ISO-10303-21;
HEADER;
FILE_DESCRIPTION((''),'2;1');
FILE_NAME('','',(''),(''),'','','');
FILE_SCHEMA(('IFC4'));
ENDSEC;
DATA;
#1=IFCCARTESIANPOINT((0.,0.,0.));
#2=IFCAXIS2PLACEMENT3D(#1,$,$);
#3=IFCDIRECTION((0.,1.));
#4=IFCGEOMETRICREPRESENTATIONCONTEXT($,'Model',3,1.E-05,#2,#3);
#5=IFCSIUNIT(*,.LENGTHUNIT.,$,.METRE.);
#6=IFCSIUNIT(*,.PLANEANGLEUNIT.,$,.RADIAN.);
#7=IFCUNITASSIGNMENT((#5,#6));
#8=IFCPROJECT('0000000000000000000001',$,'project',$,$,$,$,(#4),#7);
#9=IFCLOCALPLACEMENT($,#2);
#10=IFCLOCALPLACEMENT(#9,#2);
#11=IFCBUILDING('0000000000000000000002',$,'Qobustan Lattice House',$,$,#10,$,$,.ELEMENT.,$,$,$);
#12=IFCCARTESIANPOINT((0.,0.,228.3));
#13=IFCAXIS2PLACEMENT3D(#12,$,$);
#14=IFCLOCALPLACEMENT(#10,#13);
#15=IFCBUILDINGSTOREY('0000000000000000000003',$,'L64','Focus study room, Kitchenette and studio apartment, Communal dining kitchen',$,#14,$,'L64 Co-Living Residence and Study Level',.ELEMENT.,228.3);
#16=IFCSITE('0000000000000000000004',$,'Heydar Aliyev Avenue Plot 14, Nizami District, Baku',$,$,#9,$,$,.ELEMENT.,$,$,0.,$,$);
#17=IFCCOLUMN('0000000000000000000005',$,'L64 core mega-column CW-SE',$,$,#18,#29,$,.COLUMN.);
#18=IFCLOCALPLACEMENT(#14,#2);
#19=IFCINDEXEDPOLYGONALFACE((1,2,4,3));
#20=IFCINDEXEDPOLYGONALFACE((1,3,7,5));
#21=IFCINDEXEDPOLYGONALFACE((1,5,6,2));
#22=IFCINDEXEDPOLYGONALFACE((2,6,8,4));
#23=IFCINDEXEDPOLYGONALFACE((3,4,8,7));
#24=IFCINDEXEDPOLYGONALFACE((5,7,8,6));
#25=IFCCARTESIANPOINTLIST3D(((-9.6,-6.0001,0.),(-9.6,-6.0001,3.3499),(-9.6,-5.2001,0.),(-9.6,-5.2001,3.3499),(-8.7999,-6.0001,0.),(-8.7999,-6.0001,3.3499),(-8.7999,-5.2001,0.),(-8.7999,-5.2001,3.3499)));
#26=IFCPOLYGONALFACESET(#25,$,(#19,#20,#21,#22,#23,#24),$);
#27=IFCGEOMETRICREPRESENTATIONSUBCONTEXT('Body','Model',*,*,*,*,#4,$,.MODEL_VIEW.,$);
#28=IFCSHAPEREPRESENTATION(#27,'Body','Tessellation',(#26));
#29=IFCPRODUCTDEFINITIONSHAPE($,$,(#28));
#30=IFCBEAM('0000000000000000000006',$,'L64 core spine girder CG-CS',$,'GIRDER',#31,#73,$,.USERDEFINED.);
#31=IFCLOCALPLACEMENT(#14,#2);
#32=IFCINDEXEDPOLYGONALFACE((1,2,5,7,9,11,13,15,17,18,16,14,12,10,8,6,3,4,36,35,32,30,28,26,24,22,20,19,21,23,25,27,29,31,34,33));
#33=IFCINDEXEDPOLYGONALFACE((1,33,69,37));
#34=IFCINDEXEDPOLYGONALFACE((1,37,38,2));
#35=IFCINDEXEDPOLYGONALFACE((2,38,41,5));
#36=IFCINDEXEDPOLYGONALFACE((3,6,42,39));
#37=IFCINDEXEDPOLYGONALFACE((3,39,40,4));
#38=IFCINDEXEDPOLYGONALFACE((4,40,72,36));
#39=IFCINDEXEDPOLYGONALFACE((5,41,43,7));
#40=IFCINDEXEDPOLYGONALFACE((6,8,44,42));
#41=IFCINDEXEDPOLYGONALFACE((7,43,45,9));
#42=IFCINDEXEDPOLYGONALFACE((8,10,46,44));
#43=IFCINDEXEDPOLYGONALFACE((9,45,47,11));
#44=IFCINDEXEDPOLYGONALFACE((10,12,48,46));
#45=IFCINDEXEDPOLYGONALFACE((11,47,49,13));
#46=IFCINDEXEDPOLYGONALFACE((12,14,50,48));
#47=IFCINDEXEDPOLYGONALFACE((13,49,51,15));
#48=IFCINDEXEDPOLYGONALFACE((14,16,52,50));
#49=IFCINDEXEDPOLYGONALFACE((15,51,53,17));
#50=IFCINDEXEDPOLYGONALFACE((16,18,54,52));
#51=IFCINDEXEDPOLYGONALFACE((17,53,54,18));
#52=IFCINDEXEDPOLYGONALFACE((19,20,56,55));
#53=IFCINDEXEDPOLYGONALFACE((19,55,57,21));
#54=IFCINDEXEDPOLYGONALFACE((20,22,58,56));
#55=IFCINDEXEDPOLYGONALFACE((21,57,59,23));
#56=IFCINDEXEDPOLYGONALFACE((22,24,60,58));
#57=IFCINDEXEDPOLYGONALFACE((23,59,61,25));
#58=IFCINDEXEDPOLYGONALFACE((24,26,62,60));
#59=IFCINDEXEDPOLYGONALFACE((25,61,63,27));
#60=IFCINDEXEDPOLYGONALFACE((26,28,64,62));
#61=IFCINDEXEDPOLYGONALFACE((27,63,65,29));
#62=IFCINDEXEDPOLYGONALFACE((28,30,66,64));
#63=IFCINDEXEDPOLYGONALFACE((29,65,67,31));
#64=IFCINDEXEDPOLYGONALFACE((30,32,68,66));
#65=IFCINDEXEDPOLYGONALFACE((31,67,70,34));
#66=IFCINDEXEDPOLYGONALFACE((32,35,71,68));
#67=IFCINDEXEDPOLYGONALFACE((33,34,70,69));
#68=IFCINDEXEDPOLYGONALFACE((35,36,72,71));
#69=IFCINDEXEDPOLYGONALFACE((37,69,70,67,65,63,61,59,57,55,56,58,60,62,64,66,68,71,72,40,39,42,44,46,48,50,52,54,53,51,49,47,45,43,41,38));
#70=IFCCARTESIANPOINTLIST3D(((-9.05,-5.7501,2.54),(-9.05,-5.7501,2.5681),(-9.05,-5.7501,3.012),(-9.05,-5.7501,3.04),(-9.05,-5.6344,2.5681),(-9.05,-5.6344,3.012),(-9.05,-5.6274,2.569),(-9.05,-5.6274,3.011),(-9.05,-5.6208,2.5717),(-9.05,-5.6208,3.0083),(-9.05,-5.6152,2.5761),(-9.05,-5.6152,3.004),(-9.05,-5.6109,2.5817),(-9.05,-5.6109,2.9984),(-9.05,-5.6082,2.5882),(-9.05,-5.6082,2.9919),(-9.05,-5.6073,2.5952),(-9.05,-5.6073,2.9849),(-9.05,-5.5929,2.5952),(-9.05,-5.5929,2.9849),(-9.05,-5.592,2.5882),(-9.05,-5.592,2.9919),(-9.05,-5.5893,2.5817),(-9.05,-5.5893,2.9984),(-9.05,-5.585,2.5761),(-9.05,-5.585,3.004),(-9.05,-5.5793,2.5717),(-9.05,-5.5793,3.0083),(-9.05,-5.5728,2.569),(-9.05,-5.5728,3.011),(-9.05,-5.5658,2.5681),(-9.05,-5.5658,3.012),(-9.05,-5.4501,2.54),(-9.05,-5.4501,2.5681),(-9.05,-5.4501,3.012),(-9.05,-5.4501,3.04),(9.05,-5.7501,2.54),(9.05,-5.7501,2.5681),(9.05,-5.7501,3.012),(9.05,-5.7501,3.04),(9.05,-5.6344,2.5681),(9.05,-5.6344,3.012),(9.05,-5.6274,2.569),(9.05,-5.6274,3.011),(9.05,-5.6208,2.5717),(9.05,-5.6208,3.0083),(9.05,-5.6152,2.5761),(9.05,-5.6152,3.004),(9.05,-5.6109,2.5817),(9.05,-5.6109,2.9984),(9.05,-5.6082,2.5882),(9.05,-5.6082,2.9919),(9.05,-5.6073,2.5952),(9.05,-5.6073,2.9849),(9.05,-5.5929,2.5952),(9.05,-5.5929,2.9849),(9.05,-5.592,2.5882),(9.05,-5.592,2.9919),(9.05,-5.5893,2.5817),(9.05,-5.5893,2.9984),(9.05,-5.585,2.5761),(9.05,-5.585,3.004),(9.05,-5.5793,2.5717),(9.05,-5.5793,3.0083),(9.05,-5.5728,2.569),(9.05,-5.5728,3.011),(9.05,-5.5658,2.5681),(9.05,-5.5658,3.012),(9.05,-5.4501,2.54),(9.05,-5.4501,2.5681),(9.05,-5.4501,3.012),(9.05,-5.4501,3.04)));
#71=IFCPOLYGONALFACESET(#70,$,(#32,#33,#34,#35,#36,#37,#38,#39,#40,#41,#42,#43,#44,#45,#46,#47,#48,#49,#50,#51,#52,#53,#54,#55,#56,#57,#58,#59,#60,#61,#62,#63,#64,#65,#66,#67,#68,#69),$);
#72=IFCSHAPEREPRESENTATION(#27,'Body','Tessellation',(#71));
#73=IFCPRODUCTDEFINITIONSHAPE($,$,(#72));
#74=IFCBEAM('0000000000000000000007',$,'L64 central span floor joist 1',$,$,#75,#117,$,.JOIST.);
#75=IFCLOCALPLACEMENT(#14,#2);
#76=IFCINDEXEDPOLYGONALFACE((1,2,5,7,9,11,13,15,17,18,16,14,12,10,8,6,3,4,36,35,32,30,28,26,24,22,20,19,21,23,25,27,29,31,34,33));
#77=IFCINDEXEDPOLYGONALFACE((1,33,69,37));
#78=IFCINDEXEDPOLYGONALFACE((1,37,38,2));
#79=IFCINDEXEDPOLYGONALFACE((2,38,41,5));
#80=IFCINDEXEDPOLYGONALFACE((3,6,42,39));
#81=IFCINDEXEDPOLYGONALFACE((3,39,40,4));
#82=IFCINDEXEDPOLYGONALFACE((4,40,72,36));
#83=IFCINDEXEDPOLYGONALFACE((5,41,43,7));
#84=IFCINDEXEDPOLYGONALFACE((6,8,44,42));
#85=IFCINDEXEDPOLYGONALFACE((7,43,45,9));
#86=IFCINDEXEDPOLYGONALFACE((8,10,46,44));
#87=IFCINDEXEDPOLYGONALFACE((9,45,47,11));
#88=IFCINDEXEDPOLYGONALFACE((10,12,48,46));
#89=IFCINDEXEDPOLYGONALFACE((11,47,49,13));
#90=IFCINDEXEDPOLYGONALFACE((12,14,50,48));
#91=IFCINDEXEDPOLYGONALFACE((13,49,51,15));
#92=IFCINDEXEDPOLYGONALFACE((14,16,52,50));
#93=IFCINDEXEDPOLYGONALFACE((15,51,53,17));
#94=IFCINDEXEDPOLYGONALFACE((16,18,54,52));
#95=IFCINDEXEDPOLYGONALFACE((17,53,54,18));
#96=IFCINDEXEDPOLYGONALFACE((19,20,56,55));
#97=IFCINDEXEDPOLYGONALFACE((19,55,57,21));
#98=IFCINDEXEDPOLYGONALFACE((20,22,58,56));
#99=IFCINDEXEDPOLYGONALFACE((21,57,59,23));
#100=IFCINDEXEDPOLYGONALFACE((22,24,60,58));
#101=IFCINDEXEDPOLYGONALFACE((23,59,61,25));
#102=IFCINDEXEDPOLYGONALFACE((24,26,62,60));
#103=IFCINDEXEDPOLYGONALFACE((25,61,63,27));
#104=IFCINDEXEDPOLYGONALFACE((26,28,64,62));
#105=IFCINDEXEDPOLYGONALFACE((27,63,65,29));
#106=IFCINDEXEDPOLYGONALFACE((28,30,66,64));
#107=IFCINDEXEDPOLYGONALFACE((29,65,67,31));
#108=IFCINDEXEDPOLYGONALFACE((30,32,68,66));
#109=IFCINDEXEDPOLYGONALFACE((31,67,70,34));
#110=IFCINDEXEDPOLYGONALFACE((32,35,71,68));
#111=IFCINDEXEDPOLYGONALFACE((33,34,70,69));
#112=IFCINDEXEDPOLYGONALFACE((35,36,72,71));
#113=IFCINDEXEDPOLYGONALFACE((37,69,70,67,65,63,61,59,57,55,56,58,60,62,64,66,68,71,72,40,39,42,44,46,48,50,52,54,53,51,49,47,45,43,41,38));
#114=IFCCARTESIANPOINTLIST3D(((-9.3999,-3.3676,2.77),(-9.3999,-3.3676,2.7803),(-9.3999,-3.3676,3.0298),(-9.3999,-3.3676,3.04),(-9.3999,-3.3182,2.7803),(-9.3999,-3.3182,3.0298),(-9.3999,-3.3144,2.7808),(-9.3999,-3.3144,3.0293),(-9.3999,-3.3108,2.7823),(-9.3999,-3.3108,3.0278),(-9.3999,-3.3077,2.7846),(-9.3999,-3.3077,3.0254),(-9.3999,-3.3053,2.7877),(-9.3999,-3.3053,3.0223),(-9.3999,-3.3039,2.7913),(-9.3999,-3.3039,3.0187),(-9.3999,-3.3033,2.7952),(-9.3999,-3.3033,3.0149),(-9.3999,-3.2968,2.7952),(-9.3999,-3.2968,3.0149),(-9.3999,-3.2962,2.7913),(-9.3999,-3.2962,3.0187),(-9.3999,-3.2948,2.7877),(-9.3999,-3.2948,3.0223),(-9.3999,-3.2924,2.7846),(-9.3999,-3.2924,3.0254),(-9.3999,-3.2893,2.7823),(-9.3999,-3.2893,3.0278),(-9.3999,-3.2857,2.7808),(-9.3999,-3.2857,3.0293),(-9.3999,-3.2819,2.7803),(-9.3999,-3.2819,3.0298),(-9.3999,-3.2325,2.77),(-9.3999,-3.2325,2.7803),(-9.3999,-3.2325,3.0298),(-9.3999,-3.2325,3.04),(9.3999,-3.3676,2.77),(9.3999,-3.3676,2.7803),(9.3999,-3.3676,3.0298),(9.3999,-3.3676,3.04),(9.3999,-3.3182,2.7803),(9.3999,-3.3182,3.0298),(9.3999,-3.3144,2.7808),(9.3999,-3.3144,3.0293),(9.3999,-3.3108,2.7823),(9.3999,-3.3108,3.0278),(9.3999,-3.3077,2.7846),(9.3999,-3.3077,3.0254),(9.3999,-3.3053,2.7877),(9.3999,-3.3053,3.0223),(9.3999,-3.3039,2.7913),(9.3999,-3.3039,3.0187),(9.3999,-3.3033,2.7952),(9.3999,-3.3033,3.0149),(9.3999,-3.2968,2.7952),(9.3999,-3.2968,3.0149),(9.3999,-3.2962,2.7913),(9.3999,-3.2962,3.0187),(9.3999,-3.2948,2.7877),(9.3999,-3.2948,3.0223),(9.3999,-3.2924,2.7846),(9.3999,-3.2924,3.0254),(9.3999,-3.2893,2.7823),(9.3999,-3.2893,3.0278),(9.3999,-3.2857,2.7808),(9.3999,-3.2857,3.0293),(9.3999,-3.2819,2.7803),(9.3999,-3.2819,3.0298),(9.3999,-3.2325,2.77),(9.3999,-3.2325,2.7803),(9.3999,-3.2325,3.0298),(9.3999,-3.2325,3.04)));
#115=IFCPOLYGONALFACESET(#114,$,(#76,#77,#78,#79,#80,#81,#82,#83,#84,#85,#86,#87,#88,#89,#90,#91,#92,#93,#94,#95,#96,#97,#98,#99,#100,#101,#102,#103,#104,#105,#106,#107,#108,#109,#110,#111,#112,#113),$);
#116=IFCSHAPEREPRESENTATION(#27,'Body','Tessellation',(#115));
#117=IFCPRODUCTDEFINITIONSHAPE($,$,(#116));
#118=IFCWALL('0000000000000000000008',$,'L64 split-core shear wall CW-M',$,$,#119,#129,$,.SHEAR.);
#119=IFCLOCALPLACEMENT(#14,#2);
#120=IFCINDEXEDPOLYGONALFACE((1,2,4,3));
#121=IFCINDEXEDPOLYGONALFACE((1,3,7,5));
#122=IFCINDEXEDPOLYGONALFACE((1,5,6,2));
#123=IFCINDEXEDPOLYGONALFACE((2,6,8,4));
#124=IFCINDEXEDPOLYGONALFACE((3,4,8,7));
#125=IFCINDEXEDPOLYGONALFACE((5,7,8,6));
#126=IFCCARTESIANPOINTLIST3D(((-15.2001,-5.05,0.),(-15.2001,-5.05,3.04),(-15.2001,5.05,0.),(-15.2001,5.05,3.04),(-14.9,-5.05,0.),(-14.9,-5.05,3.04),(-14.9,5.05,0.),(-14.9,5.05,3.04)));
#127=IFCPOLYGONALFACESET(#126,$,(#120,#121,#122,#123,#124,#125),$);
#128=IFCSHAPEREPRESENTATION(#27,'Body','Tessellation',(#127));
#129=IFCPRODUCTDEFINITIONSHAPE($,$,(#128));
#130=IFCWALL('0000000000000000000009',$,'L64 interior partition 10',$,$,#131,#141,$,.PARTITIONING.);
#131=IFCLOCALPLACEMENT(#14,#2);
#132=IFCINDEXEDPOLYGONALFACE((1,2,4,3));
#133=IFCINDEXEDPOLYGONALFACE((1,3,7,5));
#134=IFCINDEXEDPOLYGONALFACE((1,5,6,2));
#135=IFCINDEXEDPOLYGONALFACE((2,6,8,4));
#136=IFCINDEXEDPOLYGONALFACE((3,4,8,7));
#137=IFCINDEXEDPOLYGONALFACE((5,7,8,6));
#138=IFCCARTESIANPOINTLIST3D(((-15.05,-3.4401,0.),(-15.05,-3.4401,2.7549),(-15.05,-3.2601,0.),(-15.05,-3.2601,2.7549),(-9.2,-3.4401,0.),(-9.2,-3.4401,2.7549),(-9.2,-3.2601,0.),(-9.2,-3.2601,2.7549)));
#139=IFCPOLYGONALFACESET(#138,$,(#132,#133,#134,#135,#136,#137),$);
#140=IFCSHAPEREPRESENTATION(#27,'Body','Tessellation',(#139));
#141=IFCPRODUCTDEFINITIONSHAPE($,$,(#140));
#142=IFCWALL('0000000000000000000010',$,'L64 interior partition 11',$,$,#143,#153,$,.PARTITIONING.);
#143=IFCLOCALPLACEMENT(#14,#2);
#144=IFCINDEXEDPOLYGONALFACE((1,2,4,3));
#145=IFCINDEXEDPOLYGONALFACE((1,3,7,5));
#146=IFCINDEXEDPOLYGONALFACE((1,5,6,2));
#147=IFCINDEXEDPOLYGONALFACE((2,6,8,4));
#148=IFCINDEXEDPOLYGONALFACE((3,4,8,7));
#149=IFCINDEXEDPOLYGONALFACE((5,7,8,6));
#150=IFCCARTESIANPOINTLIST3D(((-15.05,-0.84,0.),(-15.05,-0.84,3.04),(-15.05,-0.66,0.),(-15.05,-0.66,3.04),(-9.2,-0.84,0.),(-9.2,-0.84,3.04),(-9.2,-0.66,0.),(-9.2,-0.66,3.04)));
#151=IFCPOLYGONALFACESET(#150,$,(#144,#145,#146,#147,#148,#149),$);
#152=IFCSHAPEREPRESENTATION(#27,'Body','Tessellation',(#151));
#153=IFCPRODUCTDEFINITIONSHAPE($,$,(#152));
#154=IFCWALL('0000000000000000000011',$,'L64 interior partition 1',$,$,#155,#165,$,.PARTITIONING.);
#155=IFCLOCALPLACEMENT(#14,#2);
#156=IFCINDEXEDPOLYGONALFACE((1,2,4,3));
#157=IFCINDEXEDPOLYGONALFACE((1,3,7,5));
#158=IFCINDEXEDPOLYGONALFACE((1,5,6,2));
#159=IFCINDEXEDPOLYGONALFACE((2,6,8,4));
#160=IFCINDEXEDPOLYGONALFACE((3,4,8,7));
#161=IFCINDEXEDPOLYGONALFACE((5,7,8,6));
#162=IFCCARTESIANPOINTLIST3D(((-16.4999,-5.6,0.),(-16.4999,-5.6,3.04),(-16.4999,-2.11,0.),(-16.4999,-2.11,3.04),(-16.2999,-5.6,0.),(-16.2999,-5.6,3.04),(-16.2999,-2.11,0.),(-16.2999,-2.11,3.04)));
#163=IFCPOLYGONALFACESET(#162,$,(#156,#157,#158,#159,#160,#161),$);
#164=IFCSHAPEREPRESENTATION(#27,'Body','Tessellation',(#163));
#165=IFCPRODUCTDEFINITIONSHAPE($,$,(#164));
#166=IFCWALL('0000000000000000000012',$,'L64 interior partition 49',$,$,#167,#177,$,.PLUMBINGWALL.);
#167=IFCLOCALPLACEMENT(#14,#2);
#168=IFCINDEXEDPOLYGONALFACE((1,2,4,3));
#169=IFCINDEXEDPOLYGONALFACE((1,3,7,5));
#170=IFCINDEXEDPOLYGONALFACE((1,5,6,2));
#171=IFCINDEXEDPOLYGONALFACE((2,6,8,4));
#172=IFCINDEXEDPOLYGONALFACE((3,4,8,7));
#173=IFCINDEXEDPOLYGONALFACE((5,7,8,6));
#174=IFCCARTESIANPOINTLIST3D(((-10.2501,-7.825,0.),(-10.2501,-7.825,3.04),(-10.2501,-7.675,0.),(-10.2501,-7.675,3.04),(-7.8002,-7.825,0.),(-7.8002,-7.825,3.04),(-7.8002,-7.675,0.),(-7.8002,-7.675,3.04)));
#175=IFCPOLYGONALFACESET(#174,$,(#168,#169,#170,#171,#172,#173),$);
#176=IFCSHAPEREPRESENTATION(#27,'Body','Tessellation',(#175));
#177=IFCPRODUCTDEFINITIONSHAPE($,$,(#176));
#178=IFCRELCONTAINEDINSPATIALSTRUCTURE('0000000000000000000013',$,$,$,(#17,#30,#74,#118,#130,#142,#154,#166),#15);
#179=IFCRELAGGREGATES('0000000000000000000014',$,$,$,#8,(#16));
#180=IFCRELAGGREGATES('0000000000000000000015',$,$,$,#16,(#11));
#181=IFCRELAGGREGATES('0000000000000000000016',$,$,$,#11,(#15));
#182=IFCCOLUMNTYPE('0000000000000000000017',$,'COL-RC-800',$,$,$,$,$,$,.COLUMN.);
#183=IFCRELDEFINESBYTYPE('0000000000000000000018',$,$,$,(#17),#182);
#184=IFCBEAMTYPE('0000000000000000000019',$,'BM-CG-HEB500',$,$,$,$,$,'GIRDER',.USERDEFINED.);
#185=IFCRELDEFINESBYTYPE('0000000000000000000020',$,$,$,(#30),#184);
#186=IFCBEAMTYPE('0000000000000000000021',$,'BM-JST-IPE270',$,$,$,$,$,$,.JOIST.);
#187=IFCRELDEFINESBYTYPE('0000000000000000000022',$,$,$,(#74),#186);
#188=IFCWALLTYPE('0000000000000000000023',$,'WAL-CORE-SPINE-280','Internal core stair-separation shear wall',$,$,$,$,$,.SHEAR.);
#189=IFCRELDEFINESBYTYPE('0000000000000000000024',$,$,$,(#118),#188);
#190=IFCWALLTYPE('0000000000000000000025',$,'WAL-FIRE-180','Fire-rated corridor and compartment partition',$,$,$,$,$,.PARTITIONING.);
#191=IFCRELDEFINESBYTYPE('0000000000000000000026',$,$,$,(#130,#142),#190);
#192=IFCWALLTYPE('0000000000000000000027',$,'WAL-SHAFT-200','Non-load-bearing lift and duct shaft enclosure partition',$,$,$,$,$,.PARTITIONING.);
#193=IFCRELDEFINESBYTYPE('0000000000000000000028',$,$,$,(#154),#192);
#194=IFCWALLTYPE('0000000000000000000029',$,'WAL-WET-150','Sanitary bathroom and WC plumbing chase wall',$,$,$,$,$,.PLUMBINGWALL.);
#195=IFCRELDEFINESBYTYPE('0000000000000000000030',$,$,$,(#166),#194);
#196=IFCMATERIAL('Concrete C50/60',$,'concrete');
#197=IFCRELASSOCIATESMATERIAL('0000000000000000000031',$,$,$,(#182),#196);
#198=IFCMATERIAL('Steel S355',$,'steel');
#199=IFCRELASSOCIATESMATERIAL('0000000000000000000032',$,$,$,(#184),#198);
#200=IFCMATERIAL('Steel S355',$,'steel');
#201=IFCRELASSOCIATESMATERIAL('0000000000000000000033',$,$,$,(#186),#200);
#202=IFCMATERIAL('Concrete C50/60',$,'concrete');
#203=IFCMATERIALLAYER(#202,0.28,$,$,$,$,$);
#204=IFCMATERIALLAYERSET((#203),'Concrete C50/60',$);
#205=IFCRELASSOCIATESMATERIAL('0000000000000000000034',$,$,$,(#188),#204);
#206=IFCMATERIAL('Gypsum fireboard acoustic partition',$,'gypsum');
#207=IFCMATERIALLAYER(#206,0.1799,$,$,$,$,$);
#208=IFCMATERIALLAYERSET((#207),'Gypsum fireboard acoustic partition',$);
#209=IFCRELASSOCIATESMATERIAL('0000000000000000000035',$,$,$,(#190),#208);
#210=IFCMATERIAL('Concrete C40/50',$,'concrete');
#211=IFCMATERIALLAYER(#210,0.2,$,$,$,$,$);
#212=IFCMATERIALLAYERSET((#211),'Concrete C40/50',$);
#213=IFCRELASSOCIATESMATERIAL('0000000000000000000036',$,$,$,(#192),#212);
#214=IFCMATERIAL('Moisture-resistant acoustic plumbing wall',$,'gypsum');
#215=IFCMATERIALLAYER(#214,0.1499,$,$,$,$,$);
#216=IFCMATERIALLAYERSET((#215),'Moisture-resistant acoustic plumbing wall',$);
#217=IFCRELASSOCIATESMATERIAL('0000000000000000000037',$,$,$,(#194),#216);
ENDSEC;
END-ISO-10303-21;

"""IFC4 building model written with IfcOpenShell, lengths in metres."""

from ifc_helpers import new_model, si_unit, direction, frame, frame_2d, origin, origin_2d, place, context, subcontext, project, spatial, rectangle, i_section, extrude, material, layer, layer_set, material_profile, profile_set, type_object, element, save


model = new_model("IFC4")

# Units and contexts
model_context = context("Model", 3, precision=1e-05, world=origin(), true_north=direction((0.0, 1.0)))
body_context = subcontext(model_context, "Body", "Model", "MODEL_VIEW")
ifc_project = project(units=[si_unit("LENGTHUNIT", "METRE"), si_unit("PLANEANGLEUNIT", "RADIAN")], contexts=[model_context])

# Site, building, storey
site_placement = place(None, origin())
site = spatial("IfcSite", under=ifc_project, at=site_placement, Name="Heydar Aliyev Avenue Plot 14, Nizami District, Baku", CompositionType="ELEMENT", RefElevation=0.0)
building_placement = place(site_placement, origin())
building = spatial("IfcBuilding", under=site, at=building_placement, Name="Qobustan Lattice House", CompositionType="ELEMENT")
storey_placement = place(building_placement, frame((0.0, 0.0, 228.3)))
storey = spatial("IfcBuildingStorey", under=building, at=storey_placement, Name="L64", Description="Focus study room, Kitchenette and studio apartment, Communal dining kitchen", LongName="L64 Co-Living Residence and Study Level", CompositionType="ELEMENT", Elevation=228.3)

# Column
ifc_material_1 = material(Name="Concrete C50/60", Category="concrete")
ifc_material_profile_1 = material_profile(ifc_material_1, rectangle(XDim=0.8, YDim=0.8, at=origin_2d()), Name="RC800x800")
ifc_profile_set_1 = profile_set([ifc_material_profile_1], Name="Concrete C50/60")
column_type = type_object("IfcColumnType", Name="COL-RC-800", PredefinedType="COLUMN", material=ifc_profile_set_1)
column_placement = place(storey_placement, frame((-9.2, -5.6001, 0.0), z_axis=(0.0, 0.0, 1.0), x_axis=(1.0, 0.0, 0.0)))
element("IfcColumn", 1, at=column_placement, inside=storey, type_object=column_type, Name="L64 core mega-column CW-SE", PredefinedType="COLUMN", context=body_context, shape_type="SweptSolid", body=[
    extrude(rectangle(XDim=0.8, YDim=0.8, at=origin_2d()), origin(), (0.0, 0.0, 1.0), 3.3499),
])

# Beams
ifc_material_2 = material(Name="Steel S355", Category="steel")
ifc_material_profile_2 = material_profile(ifc_material_2, i_section(OverallWidth=0.3, OverallDepth=0.5, WebThickness=0.0144, FlangeThickness=0.0281, FilletRadius=0.0271, at=origin_2d()), Name="HEB500")
ifc_profile_set_2 = profile_set([ifc_material_profile_2], Name="Steel S355")
beam_type_1 = type_object("IfcBeamType", Name="BM-CG-HEB500", ElementType="GIRDER", PredefinedType="USERDEFINED", material=ifc_profile_set_2)
beam_1_placement = place(storey_placement, frame((-9.05, -5.6001, 2.79), z_axis=(1.0, 0.0, 0.0), x_axis=(0.0, 1.0, 0.0)))
element("IfcBeam", 2, at=beam_1_placement, inside=storey, type_object=beam_type_1, Name="L64 core spine girder CG-CS", ObjectType="GIRDER", PredefinedType="USERDEFINED", context=body_context, shape_type="SweptSolid", body=[
    extrude(i_section(OverallWidth=0.3, OverallDepth=0.5, WebThickness=0.0144, FlangeThickness=0.0281, FilletRadius=0.0271, at=origin_2d()), origin(), (0.0, 0.0, 1.0), 18.1001),
])
ifc_material_3 = material(Name="Steel S355", Category="steel")
ifc_material_profile_3 = material_profile(ifc_material_3, i_section(OverallWidth=0.135, OverallDepth=0.27, WebThickness=0.0066, FlangeThickness=0.0103, FilletRadius=0.0149, at=origin_2d()), Name="IPE270")
ifc_profile_set_3 = profile_set([ifc_material_profile_3], Name="Steel S355")
beam_type_2 = type_object("IfcBeamType", Name="BM-JST-IPE270", PredefinedType="JOIST", material=ifc_profile_set_3)
beam_2_placement = place(storey_placement, frame((-9.3999, -3.3, 2.905), z_axis=(1.0, 0.0, 0.0), x_axis=(0.0, 1.0, 0.0)))
element("IfcBeam", 3, at=beam_2_placement, inside=storey, type_object=beam_type_2, Name="L64 central span floor joist 1", PredefinedType="JOIST", context=body_context, shape_type="SweptSolid", body=[
    extrude(i_section(OverallWidth=0.135, OverallDepth=0.27, WebThickness=0.0066, FlangeThickness=0.0103, FilletRadius=0.0149, at=origin_2d()), origin(), (0.0, 0.0, 1.0), 18.7998),
])

# Walls
ifc_material_4 = material(Name="Concrete C50/60", Category="concrete")
ifc_layer_1 = layer(ifc_material_4, 0.28)
ifc_layer_set_1 = layer_set([ifc_layer_1], Name="Concrete C50/60")
wall_type_1 = type_object("IfcWallType", Name="WAL-CORE-SPINE-280", Description="Internal core stair-separation shear wall", PredefinedType="SHEAR", material=ifc_layer_set_1)
wall_1_placement = place(storey_placement, frame((-15.05, -5.05, 0.0), z_axis=(0.0, 0.0, 1.0), x_axis=(0.0, 1.0, 0.0)))
element("IfcWall", 4, at=wall_1_placement, inside=storey, type_object=wall_type_1, Name="L64 split-core shear wall CW-M", PredefinedType="SHEAR", context=body_context, shape_type="SweptSolid", body=[
    extrude(rectangle(XDim=10.1001, YDim=0.3, at=frame_2d((5.05, 0.0))), origin(), (0.0, 0.0, 1.0), 3.04),
])
ifc_material_5 = material(Name="Gypsum fireboard acoustic partition", Category="gypsum")
ifc_layer_2 = layer(ifc_material_5, 0.1799)
ifc_layer_set_2 = layer_set([ifc_layer_2], Name="Gypsum fireboard acoustic partition")
wall_type_2 = type_object("IfcWallType", Name="WAL-FIRE-180", Description="Fire-rated corridor and compartment partition", PredefinedType="PARTITIONING", material=ifc_layer_set_2)
wall_2_placement = place(storey_placement, frame((-15.05, -3.3501, 0.0), z_axis=(0.0, 0.0, 1.0), x_axis=(1.0, 0.0, 0.0)))
element("IfcWall", 5, at=wall_2_placement, inside=storey, type_object=wall_type_2, Name="L64 interior partition 10", PredefinedType="PARTITIONING", context=body_context, shape_type="SweptSolid", body=[
    extrude(rectangle(XDim=5.8501, YDim=0.1799, at=frame_2d((2.925, 0.0))), origin(), (0.0, 0.0, 1.0), 2.7549),
])
wall_3_placement = place(storey_placement, frame((-9.2, -0.75, 0.0), z_axis=(0.0, 0.0, 1.0), x_axis=(-1.0, 0.0, 0.0)))
element("IfcWall", 6, at=wall_3_placement, inside=storey, type_object=wall_type_2, Name="L64 interior partition 11", PredefinedType="PARTITIONING", context=body_context, shape_type="SweptSolid", body=[
    extrude(rectangle(XDim=5.8501, YDim=0.1799, at=frame_2d((2.925, 0.0))), origin(), (0.0, 0.0, 1.0), 3.04),
])

# Walls
ifc_material_6 = material(Name="Concrete C40/50", Category="concrete")
ifc_layer_3 = layer(ifc_material_6, 0.2)
ifc_layer_set_3 = layer_set([ifc_layer_3], Name="Concrete C40/50")
wall_type_3 = type_object("IfcWallType", Name="WAL-SHAFT-200", Description="Non-load-bearing lift and duct shaft enclosure partition", PredefinedType="PARTITIONING", material=ifc_layer_set_3)
wall_4_placement = place(storey_placement, frame((-16.3999, -5.6001, 0.0), z_axis=(0.0, 0.0, 1.0), x_axis=(0.0, 1.0, 0.0)))
element("IfcWall", 7, at=wall_4_placement, inside=storey, type_object=wall_type_3, Name="L64 interior partition 1", PredefinedType="PARTITIONING", context=body_context, shape_type="SweptSolid", body=[
    extrude(rectangle(XDim=3.49, YDim=0.2, at=frame_2d((1.7451, 0.0))), origin(), (0.0, 0.0, 1.0), 3.04),
])
ifc_material_7 = material(Name="Moisture-resistant acoustic plumbing wall", Category="gypsum")
ifc_layer_4 = layer(ifc_material_7, 0.1499)
ifc_layer_set_4 = layer_set([ifc_layer_4], Name="Moisture-resistant acoustic plumbing wall")
wall_type_4 = type_object("IfcWallType", Name="WAL-WET-150", Description="Sanitary bathroom and WC plumbing chase wall", PredefinedType="PLUMBINGWALL", material=ifc_layer_set_4)
wall_5_placement = place(storey_placement, frame((-7.8, -7.75, 0.0), z_axis=(0.0, 0.0, 1.0), x_axis=(-1.0, 0.0, 0.0)))
element("IfcWall", 8, at=wall_5_placement, inside=storey, type_object=wall_type_4, Name="L64 interior partition 49", PredefinedType="PLUMBINGWALL", context=body_context, shape_type="SweptSolid", body=[
    extrude(rectangle(XDim=2.45, YDim=0.1499, at=frame_2d((1.2251, 0.0))), origin(), (0.0, 0.0, 1.0), 3.04),
])

save(model, "model.ifc")
